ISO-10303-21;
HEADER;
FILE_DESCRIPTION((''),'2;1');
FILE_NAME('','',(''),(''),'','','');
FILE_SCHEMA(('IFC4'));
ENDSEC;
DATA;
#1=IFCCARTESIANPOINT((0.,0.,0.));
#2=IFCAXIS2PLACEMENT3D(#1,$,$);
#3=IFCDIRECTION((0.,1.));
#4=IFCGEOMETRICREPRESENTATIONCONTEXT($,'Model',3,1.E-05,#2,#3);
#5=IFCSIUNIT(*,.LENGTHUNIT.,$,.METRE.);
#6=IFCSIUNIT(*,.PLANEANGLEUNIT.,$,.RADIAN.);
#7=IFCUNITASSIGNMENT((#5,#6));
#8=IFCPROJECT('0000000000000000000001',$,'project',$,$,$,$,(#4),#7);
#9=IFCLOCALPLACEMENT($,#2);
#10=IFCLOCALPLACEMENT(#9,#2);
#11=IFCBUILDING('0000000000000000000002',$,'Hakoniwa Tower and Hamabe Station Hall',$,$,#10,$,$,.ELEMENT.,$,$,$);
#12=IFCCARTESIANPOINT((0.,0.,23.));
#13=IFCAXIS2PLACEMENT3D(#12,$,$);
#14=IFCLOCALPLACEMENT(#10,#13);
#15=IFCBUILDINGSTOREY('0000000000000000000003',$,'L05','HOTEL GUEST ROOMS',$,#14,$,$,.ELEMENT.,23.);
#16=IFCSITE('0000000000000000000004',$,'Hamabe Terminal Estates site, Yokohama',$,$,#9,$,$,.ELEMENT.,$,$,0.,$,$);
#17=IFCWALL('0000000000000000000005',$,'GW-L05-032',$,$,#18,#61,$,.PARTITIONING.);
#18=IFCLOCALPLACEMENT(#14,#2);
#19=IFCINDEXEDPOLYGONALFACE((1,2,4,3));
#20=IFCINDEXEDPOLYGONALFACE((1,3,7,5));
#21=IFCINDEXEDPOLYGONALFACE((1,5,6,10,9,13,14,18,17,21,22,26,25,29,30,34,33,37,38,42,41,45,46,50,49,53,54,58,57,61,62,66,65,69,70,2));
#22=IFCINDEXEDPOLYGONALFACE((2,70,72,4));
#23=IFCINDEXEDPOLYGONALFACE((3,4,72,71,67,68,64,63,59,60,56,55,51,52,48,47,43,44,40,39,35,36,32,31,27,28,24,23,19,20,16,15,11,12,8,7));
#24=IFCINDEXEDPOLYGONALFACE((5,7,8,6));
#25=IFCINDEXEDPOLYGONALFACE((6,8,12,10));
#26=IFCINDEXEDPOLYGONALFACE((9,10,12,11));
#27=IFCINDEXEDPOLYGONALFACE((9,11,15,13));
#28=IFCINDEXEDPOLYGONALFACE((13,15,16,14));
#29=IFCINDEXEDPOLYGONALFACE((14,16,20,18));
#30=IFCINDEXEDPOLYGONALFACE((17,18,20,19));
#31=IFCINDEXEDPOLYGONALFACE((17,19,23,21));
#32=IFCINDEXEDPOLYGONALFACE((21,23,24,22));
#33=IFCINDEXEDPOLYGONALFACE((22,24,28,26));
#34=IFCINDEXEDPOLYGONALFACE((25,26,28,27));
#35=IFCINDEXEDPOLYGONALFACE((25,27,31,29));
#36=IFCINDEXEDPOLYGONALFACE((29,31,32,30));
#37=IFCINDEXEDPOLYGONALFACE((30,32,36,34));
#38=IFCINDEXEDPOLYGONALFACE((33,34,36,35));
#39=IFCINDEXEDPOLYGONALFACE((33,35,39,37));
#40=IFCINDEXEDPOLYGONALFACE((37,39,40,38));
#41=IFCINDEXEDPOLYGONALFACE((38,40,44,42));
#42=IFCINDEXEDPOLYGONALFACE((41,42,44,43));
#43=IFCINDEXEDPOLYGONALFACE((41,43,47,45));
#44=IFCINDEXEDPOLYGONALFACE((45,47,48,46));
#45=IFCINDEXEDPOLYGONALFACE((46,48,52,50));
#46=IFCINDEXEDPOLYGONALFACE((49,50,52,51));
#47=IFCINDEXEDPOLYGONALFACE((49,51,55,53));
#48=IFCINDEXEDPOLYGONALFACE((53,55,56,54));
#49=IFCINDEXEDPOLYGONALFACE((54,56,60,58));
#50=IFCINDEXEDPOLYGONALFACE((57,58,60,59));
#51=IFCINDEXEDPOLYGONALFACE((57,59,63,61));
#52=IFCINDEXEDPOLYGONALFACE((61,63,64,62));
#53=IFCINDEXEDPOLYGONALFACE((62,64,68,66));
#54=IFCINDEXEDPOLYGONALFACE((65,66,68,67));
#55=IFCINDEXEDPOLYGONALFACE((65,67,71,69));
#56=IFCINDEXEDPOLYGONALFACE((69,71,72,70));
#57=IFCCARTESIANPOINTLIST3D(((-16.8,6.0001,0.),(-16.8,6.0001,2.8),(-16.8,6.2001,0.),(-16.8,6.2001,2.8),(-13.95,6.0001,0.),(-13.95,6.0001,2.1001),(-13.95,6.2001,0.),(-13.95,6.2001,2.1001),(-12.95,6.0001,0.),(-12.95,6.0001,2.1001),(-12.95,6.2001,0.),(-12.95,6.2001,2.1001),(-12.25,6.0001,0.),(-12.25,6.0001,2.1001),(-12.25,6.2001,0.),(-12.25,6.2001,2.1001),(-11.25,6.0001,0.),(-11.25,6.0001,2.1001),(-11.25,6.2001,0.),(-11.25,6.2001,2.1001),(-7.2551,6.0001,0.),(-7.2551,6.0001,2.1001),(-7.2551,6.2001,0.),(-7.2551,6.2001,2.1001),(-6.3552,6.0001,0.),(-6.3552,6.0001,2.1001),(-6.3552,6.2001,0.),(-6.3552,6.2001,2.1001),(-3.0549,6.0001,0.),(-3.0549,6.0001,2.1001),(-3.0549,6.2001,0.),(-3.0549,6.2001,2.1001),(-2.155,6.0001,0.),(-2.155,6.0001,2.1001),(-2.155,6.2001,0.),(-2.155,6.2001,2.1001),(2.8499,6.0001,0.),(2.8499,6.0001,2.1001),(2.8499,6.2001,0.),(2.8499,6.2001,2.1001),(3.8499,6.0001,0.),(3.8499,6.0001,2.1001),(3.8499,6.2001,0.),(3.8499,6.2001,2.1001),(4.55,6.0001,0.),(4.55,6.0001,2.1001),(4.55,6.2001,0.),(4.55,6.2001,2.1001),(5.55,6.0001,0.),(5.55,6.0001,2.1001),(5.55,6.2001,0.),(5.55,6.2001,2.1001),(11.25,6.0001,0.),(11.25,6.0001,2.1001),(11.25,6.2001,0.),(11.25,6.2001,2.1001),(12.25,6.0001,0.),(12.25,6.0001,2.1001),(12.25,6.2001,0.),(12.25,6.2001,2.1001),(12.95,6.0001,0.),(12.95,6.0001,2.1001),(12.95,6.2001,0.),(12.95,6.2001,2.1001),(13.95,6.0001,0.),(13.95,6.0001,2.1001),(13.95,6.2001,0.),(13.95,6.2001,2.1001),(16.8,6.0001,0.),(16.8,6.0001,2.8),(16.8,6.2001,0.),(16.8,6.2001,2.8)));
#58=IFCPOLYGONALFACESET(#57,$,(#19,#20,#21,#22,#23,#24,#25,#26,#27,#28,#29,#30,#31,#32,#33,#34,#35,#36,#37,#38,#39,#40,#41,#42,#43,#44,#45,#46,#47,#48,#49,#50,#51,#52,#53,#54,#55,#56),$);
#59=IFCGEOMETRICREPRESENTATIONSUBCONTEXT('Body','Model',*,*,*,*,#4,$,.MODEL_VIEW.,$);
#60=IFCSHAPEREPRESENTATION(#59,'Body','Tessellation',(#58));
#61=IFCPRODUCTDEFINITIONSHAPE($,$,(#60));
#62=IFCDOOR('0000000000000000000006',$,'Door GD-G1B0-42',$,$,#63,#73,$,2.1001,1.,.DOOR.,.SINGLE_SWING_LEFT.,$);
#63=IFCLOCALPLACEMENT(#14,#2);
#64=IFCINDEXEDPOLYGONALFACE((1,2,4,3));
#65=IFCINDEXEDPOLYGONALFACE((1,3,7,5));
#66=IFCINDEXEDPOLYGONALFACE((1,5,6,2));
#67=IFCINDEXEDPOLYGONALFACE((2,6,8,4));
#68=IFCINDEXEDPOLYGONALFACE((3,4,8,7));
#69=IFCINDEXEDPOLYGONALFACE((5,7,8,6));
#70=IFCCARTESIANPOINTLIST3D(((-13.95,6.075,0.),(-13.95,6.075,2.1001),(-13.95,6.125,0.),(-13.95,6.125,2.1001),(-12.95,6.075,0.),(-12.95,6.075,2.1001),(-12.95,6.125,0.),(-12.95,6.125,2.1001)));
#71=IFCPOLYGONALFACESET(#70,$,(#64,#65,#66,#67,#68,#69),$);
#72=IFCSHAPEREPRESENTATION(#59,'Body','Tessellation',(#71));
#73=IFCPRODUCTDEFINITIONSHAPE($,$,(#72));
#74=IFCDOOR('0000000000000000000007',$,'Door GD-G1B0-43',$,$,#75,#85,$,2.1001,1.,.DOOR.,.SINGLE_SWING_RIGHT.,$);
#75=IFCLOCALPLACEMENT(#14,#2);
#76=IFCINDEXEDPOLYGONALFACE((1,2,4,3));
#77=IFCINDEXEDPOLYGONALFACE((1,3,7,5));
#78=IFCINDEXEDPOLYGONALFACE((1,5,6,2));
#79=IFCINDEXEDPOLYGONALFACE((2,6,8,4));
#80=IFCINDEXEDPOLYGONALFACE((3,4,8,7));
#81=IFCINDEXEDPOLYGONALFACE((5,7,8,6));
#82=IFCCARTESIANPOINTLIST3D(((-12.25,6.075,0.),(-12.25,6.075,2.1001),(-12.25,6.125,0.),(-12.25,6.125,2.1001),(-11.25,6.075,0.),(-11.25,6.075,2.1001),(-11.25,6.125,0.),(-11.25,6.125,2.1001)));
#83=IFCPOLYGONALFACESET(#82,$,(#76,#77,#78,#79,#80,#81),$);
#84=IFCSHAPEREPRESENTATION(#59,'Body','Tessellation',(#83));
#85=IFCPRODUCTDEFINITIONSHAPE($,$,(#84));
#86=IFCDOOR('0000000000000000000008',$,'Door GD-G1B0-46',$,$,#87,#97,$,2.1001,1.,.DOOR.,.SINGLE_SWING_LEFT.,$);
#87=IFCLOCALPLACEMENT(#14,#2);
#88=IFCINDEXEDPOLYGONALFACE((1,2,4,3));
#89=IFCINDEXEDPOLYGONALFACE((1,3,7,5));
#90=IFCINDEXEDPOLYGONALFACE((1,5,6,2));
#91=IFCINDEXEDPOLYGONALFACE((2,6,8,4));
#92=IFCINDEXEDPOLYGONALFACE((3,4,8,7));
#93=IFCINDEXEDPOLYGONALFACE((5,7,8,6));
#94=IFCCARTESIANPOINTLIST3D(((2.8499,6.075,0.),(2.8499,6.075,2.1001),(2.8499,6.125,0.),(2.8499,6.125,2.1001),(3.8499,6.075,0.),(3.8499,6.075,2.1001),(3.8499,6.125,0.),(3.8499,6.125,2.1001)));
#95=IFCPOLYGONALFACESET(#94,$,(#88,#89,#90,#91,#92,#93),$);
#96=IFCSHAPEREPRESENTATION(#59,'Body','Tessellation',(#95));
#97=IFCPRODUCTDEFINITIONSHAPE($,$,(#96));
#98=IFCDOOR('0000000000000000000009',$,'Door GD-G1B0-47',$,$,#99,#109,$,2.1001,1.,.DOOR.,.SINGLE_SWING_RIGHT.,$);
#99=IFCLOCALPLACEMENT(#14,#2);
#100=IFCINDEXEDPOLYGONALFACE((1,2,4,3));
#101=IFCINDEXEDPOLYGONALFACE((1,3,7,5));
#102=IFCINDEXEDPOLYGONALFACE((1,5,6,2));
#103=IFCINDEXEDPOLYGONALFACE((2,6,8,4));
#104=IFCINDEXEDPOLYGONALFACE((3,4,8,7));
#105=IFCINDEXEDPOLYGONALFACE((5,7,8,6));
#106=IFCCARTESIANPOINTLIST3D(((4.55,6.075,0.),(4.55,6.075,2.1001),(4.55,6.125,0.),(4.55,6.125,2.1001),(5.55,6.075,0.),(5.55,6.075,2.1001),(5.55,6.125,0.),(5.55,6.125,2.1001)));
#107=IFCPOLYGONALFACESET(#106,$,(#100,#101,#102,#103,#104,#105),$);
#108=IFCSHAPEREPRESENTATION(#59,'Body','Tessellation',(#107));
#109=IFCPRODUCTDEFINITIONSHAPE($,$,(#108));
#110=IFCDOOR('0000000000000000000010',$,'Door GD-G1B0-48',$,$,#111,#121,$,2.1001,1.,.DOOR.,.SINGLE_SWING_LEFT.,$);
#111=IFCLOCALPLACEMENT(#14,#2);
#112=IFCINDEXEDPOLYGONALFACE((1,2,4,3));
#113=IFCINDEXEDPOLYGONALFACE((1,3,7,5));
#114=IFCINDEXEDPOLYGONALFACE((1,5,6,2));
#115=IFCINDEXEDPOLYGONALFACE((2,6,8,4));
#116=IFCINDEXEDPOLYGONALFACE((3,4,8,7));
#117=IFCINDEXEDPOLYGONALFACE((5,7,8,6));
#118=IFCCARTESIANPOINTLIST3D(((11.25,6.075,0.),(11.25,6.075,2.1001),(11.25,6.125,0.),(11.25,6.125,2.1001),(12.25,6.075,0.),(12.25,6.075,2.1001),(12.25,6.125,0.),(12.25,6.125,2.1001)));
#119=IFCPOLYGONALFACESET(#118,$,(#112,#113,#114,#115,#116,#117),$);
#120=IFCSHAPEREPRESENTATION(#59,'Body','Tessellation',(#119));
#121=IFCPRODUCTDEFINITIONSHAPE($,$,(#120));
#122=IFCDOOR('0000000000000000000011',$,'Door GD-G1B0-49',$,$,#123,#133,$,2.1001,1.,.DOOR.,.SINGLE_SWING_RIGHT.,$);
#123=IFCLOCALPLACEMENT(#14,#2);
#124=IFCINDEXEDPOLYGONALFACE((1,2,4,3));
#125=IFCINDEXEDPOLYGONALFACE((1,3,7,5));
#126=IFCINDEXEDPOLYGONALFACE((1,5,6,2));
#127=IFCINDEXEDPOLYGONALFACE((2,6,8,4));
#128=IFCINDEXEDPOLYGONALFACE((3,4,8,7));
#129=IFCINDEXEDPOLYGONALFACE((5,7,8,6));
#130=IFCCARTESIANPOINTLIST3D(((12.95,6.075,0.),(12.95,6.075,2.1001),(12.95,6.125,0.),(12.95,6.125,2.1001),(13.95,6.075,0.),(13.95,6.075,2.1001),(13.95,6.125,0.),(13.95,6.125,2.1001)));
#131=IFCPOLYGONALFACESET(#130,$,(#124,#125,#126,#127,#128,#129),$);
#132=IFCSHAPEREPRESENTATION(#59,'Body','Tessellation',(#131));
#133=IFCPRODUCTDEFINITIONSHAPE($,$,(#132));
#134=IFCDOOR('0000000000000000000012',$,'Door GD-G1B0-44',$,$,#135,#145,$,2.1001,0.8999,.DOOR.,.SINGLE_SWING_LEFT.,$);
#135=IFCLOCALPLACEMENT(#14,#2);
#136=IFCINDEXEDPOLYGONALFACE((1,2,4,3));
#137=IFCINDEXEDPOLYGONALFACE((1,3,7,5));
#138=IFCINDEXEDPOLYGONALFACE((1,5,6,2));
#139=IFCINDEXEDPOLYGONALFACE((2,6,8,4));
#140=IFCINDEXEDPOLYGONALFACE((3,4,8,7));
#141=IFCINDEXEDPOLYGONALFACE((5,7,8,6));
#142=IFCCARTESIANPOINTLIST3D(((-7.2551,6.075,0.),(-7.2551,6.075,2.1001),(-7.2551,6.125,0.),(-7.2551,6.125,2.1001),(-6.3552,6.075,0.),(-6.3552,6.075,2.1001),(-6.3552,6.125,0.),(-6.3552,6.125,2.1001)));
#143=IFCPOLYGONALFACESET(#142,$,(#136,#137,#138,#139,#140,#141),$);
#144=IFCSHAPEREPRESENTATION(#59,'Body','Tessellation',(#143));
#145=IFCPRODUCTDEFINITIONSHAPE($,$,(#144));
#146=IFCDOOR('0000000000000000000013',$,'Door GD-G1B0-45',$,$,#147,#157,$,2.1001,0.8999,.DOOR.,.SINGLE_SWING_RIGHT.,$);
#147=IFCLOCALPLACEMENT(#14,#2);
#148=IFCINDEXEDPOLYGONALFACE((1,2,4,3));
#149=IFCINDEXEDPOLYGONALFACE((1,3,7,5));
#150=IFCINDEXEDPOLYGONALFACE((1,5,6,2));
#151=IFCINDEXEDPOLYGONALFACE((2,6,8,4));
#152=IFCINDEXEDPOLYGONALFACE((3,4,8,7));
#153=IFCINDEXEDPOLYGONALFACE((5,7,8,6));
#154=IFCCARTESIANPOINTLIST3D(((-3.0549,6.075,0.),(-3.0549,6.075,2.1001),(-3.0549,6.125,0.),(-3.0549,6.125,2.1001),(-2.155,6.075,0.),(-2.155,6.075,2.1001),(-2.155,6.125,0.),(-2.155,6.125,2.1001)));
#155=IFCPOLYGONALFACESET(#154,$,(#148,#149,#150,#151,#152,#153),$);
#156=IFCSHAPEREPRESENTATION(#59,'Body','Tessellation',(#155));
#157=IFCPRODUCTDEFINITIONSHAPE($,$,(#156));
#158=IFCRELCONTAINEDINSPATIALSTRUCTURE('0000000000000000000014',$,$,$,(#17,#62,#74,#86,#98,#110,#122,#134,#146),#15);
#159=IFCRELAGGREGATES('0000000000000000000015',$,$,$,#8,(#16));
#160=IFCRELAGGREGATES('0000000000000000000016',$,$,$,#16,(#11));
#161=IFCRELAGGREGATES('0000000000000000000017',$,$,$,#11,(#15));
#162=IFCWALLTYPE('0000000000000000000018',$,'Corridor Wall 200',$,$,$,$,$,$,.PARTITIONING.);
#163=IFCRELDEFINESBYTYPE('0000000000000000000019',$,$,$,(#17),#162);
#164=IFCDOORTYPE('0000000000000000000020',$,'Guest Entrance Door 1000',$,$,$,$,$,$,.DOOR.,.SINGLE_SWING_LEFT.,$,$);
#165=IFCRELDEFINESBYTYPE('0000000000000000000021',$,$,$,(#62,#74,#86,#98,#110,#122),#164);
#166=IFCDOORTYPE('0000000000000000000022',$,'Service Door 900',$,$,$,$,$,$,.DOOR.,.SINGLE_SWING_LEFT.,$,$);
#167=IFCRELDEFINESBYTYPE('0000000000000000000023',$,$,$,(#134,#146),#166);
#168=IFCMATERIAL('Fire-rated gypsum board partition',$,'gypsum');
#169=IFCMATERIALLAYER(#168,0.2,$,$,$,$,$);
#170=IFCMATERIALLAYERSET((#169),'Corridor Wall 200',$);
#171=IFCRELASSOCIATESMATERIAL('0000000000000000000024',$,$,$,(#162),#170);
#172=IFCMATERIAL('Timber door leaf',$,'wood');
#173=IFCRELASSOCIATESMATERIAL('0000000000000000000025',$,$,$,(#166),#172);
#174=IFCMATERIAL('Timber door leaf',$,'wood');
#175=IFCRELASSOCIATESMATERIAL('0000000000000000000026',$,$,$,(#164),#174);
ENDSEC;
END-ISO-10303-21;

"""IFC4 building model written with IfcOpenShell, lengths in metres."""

from ifc_helpers import new_model, si_unit, direction, frame, frame_2d, origin, place, context, subcontext, project, spatial, rectangle, extrude, material, layer, layer_set, type_object, element, fill, save


model = new_model("IFC4")

# Units and contexts
model_context = context("Model", 3, precision=1e-05, world=origin(), true_north=direction((0.0, 1.0)))
body_context = subcontext(model_context, "Body", "Model", "MODEL_VIEW")
ifc_project = project(units=[si_unit("LENGTHUNIT", "METRE"), si_unit("PLANEANGLEUNIT", "RADIAN")], contexts=[model_context])

# Site, building, storey
site_placement = place(None, origin())
site = spatial("IfcSite", under=ifc_project, at=site_placement, Name="Hamabe Terminal Estates site, Yokohama", CompositionType="ELEMENT", RefElevation=0.0)
building_placement = place(site_placement, origin())
building = spatial("IfcBuilding", under=site, at=building_placement, Name="Hakoniwa Tower and Hamabe Station Hall", CompositionType="ELEMENT")
storey_placement = place(building_placement, frame((0.0, 0.0, 23.0)))
storey = spatial("IfcBuildingStorey", under=building, at=storey_placement, Name="L05", Description="HOTEL GUEST ROOMS", CompositionType="ELEMENT", Elevation=23.0)

# Wall, openings, doors
ifc_material_1 = material(Name="Fire-rated gypsum board partition", Category="gypsum")
ifc_layer_1 = layer(ifc_material_1, 0.2)
ifc_layer_set_1 = layer_set([ifc_layer_1], Name="Corridor Wall 200")
wall_type_1 = type_object("IfcWallType", Name="Corridor Wall 200", PredefinedType="PARTITIONING", material=ifc_layer_set_1)
ifc_material_2 = material(Name="Timber door leaf", Category="wood")
door_type_1 = type_object("IfcDoorType", Name="Service Door 900", OperationType="SINGLE_SWING_LEFT", PredefinedType="DOOR", material=ifc_material_2)
wall_1_placement = place(storey_placement, frame((-16.8, 6.1001, 0.0), z_axis=(0.0, 0.0, 1.0), x_axis=(1.0, 0.0, 0.0)))
wall_1 = element("IfcWall", 1, at=wall_1_placement, inside=storey, type_object=wall_type_1, Name="GW-L05-032", PredefinedType="PARTITIONING", context=body_context, shape_type="SweptSolid", body=[
    extrude(rectangle(XDim=33.6001, YDim=0.2, at=frame_2d((16.8, 0.0))), origin(), (0.0, 0.0, 1.0), 2.8),
])
opening_1_placement = place(wall_1_placement, frame((2.8501, 0.0, 0.0)))
opening_1 = element("IfcOpeningElement", 2, at=opening_1_placement, cuts=wall_1, PredefinedType="OPENING", context=body_context, shape_type="SweptSolid", body=[
    extrude(rectangle(XDim=1.0, YDim=2.1001, at=frame_2d((0.5, 1.05))), frame((0.0, 0.1099, 0.0), z_axis=(0.0, -1.0, 0.0), x_axis=(1.0, 0.0, 0.0)), (0.0, 0.0, 1.0), 0.22),
])
opening_2_placement = place(wall_1_placement, frame((4.55, 0.0, 0.0)))
opening_2 = element("IfcOpeningElement", 3, at=opening_2_placement, cuts=wall_1, PredefinedType="OPENING", context=body_context, shape_type="SweptSolid", body=[
    extrude(rectangle(XDim=1.0, YDim=2.1001, at=frame_2d((0.5, 1.05))), frame((0.0, 0.1099, 0.0), z_axis=(0.0, -1.0, 0.0), x_axis=(1.0, 0.0, 0.0)), (0.0, 0.0, 1.0), 0.22),
])
opening_3_placement = place(wall_1_placement, frame((9.5449, 0.0, 0.0)))
opening_3 = element("IfcOpeningElement", 4, at=opening_3_placement, cuts=wall_1, PredefinedType="OPENING", context=body_context, shape_type="SweptSolid", body=[
    extrude(rectangle(XDim=0.8999, YDim=2.1001, at=frame_2d((0.45, 1.05))), frame((0.0, 0.1099, 0.0), z_axis=(0.0, -1.0, 0.0), x_axis=(1.0, 0.0, 0.0)), (0.0, 0.0, 1.0), 0.22),
])
opening_4_placement = place(wall_1_placement, frame((13.7451, 0.0, 0.0)))
opening_4 = element("IfcOpeningElement", 5, at=opening_4_placement, cuts=wall_1, PredefinedType="OPENING", context=body_context, shape_type="SweptSolid", body=[
    extrude(rectangle(XDim=0.8999, YDim=2.1001, at=frame_2d((0.45, 1.05))), frame((0.0, 0.1099, 0.0), z_axis=(0.0, -1.0, 0.0), x_axis=(1.0, 0.0, 0.0)), (0.0, 0.0, 1.0), 0.22),
])
opening_5_placement = place(wall_1_placement, frame((19.6499, 0.0, 0.0)))
opening_5 = element("IfcOpeningElement", 6, at=opening_5_placement, cuts=wall_1, PredefinedType="OPENING", context=body_context, shape_type="SweptSolid", body=[
    extrude(rectangle(XDim=1.0, YDim=2.1001, at=frame_2d((0.5, 1.05))), frame((0.0, 0.1099, 0.0), z_axis=(0.0, -1.0, 0.0), x_axis=(1.0, 0.0, 0.0)), (0.0, 0.0, 1.0), 0.22),
])
opening_6_placement = place(wall_1_placement, frame((21.3501, 0.0, 0.0)))
opening_6 = element("IfcOpeningElement", 7, at=opening_6_placement, cuts=wall_1, PredefinedType="OPENING", context=body_context, shape_type="SweptSolid", body=[
    extrude(rectangle(XDim=1.0, YDim=2.1001, at=frame_2d((0.5, 1.05))), frame((0.0, 0.1099, 0.0), z_axis=(0.0, -1.0, 0.0), x_axis=(1.0, 0.0, 0.0)), (0.0, 0.0, 1.0), 0.22),
])
opening_7_placement = place(wall_1_placement, frame((28.05, 0.0, 0.0)))
opening_7 = element("IfcOpeningElement", 8, at=opening_7_placement, cuts=wall_1, PredefinedType="OPENING", context=body_context, shape_type="SweptSolid", body=[
    extrude(rectangle(XDim=1.0, YDim=2.1001, at=frame_2d((0.5, 1.05))), frame((0.0, 0.1099, 0.0), z_axis=(0.0, -1.0, 0.0), x_axis=(1.0, 0.0, 0.0)), (0.0, 0.0, 1.0), 0.22),
])
opening_8_placement = place(wall_1_placement, frame((29.75, 0.0, 0.0)))
opening_8 = element("IfcOpeningElement", 9, at=opening_8_placement, cuts=wall_1, PredefinedType="OPENING", context=body_context, shape_type="SweptSolid", body=[
    extrude(rectangle(XDim=1.0, YDim=2.1001, at=frame_2d((0.5, 1.05))), frame((0.0, 0.1099, 0.0), z_axis=(0.0, -1.0, 0.0), x_axis=(1.0, 0.0, 0.0)), (0.0, 0.0, 1.0), 0.22),
])
ifc_material_3 = material(Name="Timber door leaf", Category="wood")
door_type_2 = type_object("IfcDoorType", Name="Guest Entrance Door 1000", OperationType="SINGLE_SWING_LEFT", PredefinedType="DOOR", material=ifc_material_3)
door_1_placement = place(opening_1_placement, origin())
door_1 = element("IfcDoor", 10, at=door_1_placement, inside=storey, type_object=door_type_2, Name="Door GD-G1B0-42", OperationType="SINGLE_SWING_LEFT", OverallHeight=2.1001, OverallWidth=1.0, PredefinedType="DOOR", context=body_context, shape_type="SweptSolid", body=[
    extrude(rectangle(XDim=1.0, YDim=2.1001, at=frame_2d((0.5, 1.05))), frame((0.0, 0.0249, 0.0), z_axis=(0.0, -1.0, 0.0), x_axis=(1.0, 0.0, 0.0)), (0.0, 0.0, 1.0), 0.05),
])
fill(opening_1, door_1)
door_2_placement = place(opening_2_placement, origin())
door_2 = element("IfcDoor", 11, at=door_2_placement, inside=storey, type_object=door_type_2, Name="Door GD-G1B0-43", OperationType="SINGLE_SWING_RIGHT", OverallHeight=2.1001, OverallWidth=1.0, PredefinedType="DOOR", context=body_context, shape_type="SweptSolid", body=[
    extrude(rectangle(XDim=1.0, YDim=2.1001, at=frame_2d((0.5, 1.05))), frame((0.0, 0.0249, 0.0), z_axis=(0.0, -1.0, 0.0), x_axis=(1.0, 0.0, 0.0)), (0.0, 0.0, 1.0), 0.05),
])
fill(opening_2, door_2)
door_3_placement = place(opening_5_placement, origin())
door_3 = element("IfcDoor", 12, at=door_3_placement, inside=storey, type_object=door_type_2, Name="Door GD-G1B0-46", OperationType="SINGLE_SWING_LEFT", OverallHeight=2.1001, OverallWidth=1.0, PredefinedType="DOOR", context=body_context, shape_type="SweptSolid", body=[
    extrude(rectangle(XDim=1.0, YDim=2.1001, at=frame_2d((0.5, 1.05))), frame((0.0, 0.0249, 0.0), z_axis=(0.0, -1.0, 0.0), x_axis=(1.0, 0.0, 0.0)), (0.0, 0.0, 1.0), 0.05),
])
fill(opening_5, door_3)
door_4_placement = place(opening_6_placement, origin())
door_4 = element("IfcDoor", 13, at=door_4_placement, inside=storey, type_object=door_type_2, Name="Door GD-G1B0-47", OperationType="SINGLE_SWING_RIGHT", OverallHeight=2.1001, OverallWidth=1.0, PredefinedType="DOOR", context=body_context, shape_type="SweptSolid", body=[
    extrude(rectangle(XDim=1.0, YDim=2.1001, at=frame_2d((0.5, 1.05))), frame((0.0, 0.0249, 0.0), z_axis=(0.0, -1.0, 0.0), x_axis=(1.0, 0.0, 0.0)), (0.0, 0.0, 1.0), 0.05),
])
fill(opening_6, door_4)
door_5_placement = place(opening_7_placement, origin())
door_5 = element("IfcDoor", 14, at=door_5_placement, inside=storey, type_object=door_type_2, Name="Door GD-G1B0-48", OperationType="SINGLE_SWING_LEFT", OverallHeight=2.1001, OverallWidth=1.0, PredefinedType="DOOR", context=body_context, shape_type="SweptSolid", body=[
    extrude(rectangle(XDim=1.0, YDim=2.1001, at=frame_2d((0.5, 1.05))), frame((0.0, 0.0249, 0.0), z_axis=(0.0, -1.0, 0.0), x_axis=(1.0, 0.0, 0.0)), (0.0, 0.0, 1.0), 0.05),
])
fill(opening_7, door_5)
door_6_placement = place(opening_8_placement, origin())
door_6 = element("IfcDoor", 15, at=door_6_placement, inside=storey, type_object=door_type_2, Name="Door GD-G1B0-49", OperationType="SINGLE_SWING_RIGHT", OverallHeight=2.1001, OverallWidth=1.0, PredefinedType="DOOR", context=body_context, shape_type="SweptSolid", body=[
    extrude(rectangle(XDim=1.0, YDim=2.1001, at=frame_2d((0.5, 1.05))), frame((0.0, 0.0249, 0.0), z_axis=(0.0, -1.0, 0.0), x_axis=(1.0, 0.0, 0.0)), (0.0, 0.0, 1.0), 0.05),
])
fill(opening_8, door_6)
door_7_placement = place(opening_3_placement, origin())
door_7 = element("IfcDoor", 16, at=door_7_placement, inside=storey, type_object=door_type_1, Name="Door GD-G1B0-44", OperationType="SINGLE_SWING_LEFT", OverallHeight=2.1001, OverallWidth=0.8999, PredefinedType="DOOR", context=body_context, shape_type="SweptSolid", body=[
    extrude(rectangle(XDim=0.8999, YDim=2.1001, at=frame_2d((0.45, 1.05))), frame((0.0, 0.0249, 0.0), z_axis=(0.0, -1.0, 0.0), x_axis=(1.0, 0.0, 0.0)), (0.0, 0.0, 1.0), 0.05),
])
fill(opening_3, door_7)
door_8_placement = place(opening_4_placement, origin())
door_8 = element("IfcDoor", 17, at=door_8_placement, inside=storey, type_object=door_type_1, Name="Door GD-G1B0-45", OperationType="SINGLE_SWING_RIGHT", OverallHeight=2.1001, OverallWidth=0.8999, PredefinedType="DOOR", context=body_context, shape_type="SweptSolid", body=[
    extrude(rectangle(XDim=0.8999, YDim=2.1001, at=frame_2d((0.45, 1.05))), frame((0.0, 0.0249, 0.0), z_axis=(0.0, -1.0, 0.0), x_axis=(1.0, 0.0, 0.0)), (0.0, 0.0, 1.0), 0.05),
])
fill(opening_4, door_8)

save(model, "model.ifc")
